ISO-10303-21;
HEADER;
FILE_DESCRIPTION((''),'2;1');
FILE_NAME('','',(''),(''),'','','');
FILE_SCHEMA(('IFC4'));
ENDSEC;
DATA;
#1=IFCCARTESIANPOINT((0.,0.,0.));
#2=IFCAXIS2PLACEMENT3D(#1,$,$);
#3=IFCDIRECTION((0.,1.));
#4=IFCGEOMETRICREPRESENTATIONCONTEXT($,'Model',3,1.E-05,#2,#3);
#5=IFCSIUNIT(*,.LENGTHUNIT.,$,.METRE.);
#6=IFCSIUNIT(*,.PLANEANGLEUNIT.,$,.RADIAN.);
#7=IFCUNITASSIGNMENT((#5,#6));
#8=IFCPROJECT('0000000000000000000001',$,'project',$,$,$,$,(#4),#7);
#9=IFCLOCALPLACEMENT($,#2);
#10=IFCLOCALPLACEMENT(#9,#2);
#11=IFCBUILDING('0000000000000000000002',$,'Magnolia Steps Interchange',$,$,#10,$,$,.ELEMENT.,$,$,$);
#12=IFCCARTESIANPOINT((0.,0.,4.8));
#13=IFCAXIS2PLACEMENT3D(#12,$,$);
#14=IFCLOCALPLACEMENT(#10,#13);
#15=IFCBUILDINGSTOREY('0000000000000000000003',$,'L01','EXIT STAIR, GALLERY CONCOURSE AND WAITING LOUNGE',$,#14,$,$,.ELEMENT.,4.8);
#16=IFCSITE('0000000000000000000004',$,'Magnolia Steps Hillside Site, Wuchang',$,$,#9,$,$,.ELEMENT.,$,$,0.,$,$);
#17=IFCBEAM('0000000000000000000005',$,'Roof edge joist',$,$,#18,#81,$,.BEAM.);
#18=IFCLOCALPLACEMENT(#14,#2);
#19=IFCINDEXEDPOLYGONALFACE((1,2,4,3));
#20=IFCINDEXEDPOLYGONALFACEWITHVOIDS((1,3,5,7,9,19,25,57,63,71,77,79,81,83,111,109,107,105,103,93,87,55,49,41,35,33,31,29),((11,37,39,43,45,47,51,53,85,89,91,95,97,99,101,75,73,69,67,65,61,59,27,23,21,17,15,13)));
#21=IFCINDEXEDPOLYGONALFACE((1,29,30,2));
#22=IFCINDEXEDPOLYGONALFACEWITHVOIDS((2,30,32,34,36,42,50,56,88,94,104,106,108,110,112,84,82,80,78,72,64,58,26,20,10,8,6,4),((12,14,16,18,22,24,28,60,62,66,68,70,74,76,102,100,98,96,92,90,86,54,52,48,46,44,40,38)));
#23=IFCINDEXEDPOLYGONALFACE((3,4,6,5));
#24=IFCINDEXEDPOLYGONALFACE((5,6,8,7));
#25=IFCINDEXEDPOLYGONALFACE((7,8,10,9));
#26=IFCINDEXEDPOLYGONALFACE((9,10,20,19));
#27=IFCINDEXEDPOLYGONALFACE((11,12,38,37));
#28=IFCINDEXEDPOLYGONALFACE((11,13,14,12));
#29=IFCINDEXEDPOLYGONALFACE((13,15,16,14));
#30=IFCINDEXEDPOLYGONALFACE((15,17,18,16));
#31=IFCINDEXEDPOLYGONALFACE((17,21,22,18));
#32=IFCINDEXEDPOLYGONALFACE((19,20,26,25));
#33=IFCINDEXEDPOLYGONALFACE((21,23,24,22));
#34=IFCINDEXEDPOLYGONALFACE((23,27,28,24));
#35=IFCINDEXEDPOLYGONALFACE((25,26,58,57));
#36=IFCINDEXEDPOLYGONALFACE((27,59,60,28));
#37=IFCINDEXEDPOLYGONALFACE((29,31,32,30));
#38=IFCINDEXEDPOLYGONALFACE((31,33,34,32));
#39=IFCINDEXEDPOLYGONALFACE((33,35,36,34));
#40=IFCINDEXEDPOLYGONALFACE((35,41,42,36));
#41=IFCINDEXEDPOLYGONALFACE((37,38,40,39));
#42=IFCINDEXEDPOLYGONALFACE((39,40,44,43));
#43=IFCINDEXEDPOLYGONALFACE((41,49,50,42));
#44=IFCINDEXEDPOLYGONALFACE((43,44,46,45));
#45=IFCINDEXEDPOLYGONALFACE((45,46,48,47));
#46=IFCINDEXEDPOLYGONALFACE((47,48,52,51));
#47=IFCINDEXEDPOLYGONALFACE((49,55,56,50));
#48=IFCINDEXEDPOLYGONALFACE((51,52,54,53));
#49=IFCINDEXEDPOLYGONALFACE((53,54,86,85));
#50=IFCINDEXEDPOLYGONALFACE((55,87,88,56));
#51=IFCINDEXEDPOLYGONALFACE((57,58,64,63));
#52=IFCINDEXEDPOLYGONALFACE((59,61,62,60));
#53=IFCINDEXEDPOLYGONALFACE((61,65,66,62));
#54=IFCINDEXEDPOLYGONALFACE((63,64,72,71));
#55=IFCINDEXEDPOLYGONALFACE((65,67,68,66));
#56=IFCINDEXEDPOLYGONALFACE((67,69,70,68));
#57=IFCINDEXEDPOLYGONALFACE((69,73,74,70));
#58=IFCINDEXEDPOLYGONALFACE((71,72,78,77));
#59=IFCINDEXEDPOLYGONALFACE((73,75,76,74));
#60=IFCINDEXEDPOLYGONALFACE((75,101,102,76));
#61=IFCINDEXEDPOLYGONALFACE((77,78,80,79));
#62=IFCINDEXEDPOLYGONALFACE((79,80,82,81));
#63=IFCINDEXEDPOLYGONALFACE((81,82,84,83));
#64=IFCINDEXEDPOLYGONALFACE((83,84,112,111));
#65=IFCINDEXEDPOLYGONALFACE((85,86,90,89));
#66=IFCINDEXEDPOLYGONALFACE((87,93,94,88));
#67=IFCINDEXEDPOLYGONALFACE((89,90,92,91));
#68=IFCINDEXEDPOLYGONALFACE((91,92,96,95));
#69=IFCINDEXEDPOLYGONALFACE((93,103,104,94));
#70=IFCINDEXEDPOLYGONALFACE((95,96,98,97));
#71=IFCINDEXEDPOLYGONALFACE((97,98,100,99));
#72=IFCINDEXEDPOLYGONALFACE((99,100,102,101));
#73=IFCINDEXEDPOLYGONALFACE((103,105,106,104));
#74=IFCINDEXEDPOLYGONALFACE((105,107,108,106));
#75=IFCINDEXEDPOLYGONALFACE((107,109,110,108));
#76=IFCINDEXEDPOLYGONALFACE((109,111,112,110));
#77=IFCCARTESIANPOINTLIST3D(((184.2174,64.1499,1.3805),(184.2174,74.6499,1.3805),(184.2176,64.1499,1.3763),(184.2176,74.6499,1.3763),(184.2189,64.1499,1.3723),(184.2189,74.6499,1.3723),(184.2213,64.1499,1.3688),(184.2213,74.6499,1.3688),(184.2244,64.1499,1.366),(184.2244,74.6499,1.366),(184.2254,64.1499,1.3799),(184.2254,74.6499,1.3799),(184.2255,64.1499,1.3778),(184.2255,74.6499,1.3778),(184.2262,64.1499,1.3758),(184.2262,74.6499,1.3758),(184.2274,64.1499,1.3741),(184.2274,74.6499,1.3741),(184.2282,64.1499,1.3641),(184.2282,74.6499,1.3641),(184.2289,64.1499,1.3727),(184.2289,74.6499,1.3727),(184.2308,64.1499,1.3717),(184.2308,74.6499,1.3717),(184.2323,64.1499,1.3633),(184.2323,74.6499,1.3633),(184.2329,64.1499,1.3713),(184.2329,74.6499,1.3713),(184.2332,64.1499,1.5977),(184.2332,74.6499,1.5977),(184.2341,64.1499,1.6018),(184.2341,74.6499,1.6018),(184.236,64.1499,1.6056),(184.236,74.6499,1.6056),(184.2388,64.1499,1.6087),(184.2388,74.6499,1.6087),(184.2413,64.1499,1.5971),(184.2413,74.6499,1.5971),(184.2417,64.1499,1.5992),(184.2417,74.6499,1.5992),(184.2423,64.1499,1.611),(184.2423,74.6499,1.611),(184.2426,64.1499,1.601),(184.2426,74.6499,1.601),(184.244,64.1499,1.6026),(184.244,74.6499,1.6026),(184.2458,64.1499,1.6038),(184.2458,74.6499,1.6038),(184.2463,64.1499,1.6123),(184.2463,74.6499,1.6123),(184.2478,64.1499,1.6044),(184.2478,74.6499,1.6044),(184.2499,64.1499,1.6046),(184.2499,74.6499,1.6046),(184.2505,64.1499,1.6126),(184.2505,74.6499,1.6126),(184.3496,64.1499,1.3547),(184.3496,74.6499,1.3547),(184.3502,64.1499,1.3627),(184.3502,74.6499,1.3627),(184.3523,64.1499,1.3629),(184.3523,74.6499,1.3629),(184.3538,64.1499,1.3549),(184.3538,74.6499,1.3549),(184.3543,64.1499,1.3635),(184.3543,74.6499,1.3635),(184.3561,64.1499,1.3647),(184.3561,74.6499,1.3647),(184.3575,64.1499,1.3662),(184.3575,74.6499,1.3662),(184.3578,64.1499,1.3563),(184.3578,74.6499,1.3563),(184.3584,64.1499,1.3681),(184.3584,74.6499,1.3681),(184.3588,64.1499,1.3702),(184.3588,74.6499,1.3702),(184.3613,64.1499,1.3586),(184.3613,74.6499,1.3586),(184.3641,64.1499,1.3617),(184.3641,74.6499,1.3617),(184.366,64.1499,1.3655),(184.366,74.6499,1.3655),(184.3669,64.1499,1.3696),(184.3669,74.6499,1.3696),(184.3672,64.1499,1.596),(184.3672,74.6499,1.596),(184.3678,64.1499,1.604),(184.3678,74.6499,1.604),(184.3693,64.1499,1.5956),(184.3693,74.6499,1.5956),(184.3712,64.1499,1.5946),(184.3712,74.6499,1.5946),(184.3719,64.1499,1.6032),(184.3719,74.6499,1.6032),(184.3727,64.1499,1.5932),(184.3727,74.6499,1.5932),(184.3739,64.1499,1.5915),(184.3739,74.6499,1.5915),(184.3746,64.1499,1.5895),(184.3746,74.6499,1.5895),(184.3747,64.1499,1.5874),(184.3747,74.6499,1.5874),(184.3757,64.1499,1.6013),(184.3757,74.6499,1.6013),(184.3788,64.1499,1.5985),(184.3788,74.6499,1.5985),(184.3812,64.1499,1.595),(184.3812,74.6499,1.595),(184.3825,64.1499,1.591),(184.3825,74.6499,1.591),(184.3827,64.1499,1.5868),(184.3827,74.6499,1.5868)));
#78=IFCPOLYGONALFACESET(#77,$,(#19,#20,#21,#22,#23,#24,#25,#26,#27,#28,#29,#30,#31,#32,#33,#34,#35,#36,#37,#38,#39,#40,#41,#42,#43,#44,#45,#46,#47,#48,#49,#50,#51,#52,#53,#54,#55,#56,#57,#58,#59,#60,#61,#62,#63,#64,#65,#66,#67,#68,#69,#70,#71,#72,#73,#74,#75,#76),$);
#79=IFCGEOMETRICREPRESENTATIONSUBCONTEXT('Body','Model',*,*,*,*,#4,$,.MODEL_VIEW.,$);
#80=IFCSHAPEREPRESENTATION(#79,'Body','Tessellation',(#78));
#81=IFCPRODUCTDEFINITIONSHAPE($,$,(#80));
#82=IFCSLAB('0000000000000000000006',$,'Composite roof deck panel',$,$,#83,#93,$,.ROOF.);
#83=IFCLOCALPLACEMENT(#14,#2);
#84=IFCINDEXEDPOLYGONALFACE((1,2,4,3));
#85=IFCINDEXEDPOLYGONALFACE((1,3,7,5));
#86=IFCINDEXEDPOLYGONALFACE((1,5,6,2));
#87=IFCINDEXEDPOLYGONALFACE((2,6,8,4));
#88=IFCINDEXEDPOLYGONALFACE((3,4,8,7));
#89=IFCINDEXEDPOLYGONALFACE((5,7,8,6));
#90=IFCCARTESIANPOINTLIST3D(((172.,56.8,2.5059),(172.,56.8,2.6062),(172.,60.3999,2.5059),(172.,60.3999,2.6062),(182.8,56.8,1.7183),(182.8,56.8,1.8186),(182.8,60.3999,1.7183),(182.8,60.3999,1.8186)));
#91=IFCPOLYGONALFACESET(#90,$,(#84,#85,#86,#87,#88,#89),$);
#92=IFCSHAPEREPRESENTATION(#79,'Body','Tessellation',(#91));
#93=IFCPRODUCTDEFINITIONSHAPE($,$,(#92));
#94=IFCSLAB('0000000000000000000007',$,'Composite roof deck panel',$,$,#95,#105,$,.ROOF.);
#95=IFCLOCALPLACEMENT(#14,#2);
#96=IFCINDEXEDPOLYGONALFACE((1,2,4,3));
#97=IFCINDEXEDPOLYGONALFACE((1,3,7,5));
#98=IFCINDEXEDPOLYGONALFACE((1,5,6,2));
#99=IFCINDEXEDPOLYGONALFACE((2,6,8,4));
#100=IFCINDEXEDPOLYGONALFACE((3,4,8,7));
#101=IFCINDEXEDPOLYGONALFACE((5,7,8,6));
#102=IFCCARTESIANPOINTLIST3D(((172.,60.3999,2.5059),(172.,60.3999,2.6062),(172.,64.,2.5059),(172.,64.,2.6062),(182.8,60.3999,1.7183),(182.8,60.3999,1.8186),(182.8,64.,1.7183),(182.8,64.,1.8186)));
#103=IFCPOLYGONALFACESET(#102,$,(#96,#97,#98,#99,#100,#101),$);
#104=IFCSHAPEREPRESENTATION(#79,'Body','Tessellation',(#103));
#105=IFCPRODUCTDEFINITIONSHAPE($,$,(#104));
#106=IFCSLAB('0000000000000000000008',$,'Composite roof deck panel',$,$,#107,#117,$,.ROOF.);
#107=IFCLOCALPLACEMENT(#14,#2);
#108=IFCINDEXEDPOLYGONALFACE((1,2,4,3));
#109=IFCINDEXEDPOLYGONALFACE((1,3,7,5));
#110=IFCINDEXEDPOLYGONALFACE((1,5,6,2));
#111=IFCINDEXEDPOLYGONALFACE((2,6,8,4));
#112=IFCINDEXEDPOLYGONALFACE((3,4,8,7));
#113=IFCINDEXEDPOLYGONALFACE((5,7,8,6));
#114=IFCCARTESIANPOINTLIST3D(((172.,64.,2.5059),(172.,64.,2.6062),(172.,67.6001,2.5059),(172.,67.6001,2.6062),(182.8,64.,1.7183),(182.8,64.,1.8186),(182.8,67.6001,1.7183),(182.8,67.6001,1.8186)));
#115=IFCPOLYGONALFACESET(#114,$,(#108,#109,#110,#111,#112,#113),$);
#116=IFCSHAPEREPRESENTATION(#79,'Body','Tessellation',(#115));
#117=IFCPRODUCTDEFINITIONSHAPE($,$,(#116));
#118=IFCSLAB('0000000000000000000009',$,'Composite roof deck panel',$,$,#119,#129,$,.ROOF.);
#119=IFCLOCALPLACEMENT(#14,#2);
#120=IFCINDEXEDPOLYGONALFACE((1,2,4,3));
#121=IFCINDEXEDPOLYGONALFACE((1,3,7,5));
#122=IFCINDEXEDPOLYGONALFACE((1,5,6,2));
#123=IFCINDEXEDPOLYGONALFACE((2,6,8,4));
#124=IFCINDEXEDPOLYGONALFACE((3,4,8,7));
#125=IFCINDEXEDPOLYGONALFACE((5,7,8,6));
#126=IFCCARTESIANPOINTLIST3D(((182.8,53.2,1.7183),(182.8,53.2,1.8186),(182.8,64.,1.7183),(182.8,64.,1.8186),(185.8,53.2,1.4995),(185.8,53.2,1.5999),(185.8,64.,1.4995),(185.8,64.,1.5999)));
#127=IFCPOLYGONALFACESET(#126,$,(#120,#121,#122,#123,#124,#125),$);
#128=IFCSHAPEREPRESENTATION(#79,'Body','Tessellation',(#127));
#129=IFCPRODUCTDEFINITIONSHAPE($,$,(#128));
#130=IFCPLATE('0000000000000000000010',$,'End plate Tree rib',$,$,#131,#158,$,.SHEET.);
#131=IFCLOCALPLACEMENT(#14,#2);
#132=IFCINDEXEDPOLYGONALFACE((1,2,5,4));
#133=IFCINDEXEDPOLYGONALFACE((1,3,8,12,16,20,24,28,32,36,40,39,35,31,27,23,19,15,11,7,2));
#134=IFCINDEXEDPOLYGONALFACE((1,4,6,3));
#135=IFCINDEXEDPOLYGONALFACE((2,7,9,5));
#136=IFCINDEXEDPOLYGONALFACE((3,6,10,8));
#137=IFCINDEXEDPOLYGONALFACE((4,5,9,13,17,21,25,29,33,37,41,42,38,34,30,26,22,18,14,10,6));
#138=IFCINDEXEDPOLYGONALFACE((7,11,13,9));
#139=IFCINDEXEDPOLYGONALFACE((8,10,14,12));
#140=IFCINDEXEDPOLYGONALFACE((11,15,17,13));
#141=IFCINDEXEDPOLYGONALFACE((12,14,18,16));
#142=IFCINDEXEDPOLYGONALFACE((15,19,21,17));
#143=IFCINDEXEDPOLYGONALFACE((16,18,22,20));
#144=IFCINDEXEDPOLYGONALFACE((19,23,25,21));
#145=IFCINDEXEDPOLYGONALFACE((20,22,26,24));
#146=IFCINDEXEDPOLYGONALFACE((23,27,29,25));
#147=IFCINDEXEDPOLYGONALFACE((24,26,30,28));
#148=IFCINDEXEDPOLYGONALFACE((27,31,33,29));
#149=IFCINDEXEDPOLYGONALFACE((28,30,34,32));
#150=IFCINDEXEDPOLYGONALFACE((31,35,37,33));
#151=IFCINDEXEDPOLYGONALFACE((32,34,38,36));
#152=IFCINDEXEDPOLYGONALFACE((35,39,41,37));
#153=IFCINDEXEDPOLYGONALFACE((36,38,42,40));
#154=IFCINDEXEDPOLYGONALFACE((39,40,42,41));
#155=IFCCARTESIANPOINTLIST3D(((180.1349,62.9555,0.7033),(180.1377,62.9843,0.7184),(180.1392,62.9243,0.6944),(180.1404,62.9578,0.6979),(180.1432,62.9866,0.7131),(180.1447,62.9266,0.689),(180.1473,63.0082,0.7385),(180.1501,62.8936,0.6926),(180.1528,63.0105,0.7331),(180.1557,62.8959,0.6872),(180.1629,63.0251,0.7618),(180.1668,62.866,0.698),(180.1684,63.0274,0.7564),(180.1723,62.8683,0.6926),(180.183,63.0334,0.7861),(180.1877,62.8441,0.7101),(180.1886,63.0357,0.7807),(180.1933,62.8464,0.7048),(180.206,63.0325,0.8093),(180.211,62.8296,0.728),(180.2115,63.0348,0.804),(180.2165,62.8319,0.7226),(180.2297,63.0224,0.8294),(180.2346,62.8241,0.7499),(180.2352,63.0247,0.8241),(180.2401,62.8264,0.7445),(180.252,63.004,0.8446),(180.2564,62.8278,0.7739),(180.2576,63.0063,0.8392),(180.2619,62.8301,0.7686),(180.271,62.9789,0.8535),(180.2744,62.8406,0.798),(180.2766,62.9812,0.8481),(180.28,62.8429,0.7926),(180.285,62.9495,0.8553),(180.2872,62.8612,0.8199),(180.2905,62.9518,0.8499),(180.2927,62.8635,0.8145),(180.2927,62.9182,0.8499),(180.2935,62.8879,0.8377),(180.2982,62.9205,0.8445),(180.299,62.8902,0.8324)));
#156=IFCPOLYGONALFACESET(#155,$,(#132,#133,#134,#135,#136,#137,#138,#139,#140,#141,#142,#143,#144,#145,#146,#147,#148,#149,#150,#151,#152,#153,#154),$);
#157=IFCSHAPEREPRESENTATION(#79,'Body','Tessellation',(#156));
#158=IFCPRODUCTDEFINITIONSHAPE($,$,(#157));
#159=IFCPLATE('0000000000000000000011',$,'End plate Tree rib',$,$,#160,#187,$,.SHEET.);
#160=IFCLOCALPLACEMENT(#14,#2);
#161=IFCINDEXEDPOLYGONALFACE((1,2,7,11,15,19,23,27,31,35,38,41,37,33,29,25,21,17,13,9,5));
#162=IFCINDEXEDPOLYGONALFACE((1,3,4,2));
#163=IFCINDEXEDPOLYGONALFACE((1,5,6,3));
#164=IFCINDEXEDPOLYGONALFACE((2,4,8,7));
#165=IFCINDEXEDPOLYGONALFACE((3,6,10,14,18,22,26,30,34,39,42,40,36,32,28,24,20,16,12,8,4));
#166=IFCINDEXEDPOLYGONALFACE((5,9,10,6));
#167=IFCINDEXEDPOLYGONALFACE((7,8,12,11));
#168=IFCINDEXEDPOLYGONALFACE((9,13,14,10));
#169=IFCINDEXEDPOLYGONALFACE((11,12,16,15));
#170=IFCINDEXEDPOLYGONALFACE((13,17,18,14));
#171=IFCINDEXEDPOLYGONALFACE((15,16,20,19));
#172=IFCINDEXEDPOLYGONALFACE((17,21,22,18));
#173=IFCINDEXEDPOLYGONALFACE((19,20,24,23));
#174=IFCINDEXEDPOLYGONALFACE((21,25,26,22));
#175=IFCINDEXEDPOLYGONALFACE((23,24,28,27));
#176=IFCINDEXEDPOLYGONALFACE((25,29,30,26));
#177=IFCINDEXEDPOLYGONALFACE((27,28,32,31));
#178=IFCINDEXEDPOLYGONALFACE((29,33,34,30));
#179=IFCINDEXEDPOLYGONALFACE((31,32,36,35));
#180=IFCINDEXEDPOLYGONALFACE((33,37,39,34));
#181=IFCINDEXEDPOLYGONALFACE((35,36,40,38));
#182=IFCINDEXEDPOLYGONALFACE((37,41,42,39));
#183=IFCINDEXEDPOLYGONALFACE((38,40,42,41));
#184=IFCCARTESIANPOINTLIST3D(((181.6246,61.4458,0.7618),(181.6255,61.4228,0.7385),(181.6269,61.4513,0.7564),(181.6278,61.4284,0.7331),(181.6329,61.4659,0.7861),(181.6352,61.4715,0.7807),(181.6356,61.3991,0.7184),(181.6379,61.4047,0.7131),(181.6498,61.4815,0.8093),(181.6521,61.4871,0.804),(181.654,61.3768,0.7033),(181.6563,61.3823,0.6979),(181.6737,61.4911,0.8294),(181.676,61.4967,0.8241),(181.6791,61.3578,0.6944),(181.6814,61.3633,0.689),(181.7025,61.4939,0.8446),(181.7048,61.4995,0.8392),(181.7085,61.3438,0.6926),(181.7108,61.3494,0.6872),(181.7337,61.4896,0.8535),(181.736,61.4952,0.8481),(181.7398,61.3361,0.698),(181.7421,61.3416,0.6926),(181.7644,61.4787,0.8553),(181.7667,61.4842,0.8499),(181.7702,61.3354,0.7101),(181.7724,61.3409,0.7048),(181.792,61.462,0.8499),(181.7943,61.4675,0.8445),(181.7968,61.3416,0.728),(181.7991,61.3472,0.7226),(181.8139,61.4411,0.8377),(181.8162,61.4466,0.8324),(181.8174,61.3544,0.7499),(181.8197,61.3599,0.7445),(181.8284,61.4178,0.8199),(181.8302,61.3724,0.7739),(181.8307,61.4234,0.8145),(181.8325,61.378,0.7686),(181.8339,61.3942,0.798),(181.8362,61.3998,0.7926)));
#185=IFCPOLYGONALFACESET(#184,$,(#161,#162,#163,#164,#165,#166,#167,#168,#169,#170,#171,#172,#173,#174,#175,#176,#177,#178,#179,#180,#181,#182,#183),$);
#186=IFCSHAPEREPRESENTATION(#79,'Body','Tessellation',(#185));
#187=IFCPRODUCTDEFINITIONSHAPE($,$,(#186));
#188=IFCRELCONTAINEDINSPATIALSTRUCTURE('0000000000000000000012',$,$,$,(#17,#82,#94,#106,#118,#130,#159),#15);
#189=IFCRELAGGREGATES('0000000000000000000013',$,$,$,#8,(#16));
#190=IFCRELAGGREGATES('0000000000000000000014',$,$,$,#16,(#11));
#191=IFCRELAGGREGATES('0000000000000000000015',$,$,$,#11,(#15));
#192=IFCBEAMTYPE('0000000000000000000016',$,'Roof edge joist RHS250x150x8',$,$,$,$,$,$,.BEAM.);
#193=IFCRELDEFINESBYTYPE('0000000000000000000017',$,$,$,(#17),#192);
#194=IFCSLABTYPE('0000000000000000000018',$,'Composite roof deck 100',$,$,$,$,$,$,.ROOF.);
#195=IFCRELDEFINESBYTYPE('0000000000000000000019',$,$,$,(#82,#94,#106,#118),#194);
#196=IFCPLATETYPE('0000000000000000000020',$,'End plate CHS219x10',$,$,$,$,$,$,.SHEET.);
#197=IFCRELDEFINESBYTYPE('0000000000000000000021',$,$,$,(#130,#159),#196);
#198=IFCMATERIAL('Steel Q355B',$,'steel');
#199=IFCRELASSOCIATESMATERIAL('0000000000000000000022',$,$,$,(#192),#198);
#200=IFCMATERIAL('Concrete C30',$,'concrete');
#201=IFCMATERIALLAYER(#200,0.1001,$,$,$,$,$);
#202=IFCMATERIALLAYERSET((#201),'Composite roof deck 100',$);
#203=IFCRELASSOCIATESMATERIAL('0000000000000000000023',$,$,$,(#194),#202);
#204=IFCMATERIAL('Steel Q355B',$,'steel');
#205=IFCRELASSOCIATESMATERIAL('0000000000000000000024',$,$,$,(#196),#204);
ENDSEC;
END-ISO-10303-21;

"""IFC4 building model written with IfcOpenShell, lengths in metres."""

from ifc_helpers import new_model, si_unit, direction, frame, origin, origin_2d, place, context, subcontext, project, spatial, polyline, hollow_rectangle, circle, outline, extrude, material, layer, layer_set, material_profile, profile_set, type_object, element, save


model = new_model("IFC4")

# Units and contexts
model_context = context("Model", 3, precision=1e-05, world=origin(), true_north=direction((0.0, 1.0)))
body_context = subcontext(model_context, "Body", "Model", "MODEL_VIEW")
ifc_project = project(units=[si_unit("LENGTHUNIT", "METRE"), si_unit("PLANEANGLEUNIT", "RADIAN")], contexts=[model_context])

# Site, building, storey
site_placement = place(None, origin())
site = spatial("IfcSite", under=ifc_project, at=site_placement, Name="Magnolia Steps Hillside Site, Wuchang", CompositionType="ELEMENT", RefElevation=0.0)
building_placement = place(site_placement, origin())
building = spatial("IfcBuilding", under=site, at=building_placement, Name="Magnolia Steps Interchange", CompositionType="ELEMENT")
storey_placement = place(building_placement, frame((0.0, 0.0, 4.8)))
storey = spatial("IfcBuildingStorey", under=building, at=storey_placement, Name="L01", Description="EXIT STAIR, GALLERY CONCOURSE AND WAITING LOUNGE", CompositionType="ELEMENT", Elevation=4.8)

# Beam
ifc_material_1 = material(Name="Steel Q355B", Category="steel")
ifc_material_profile_1 = material_profile(ifc_material_1, hollow_rectangle(XDim=0.1499, YDim=0.25, WallThickness=0.0081, InnerFilletRadius=0.0081, OuterFilletRadius=0.0161, at=origin_2d()), Name="RHS250x150x8")
ifc_profile_set_1 = profile_set([ifc_material_profile_1], Name="Steel Q355B")
beam_type_1 = type_object("IfcBeamType", Name="Roof edge joist RHS250x150x8", PredefinedType="BEAM", material=ifc_profile_set_1)
beam_1_placement = place(storey_placement, frame((184.3, 64.1499, 1.4836), z_axis=(0.0, 1.0, 0.0), x_axis=(-0.997352, 0.0, 0.072724)))
element("IfcBeam", 1, at=beam_1_placement, inside=storey, type_object=beam_type_1, Name="Roof edge joist", PredefinedType="BEAM", context=body_context, shape_type="SweptSolid", body=[
    extrude(hollow_rectangle(XDim=0.1499, YDim=0.25, WallThickness=0.0081, InnerFilletRadius=0.0081, OuterFilletRadius=0.0161, at=origin_2d()), origin(), (0.0, 0.0, 1.0), 10.5),
])

# Slabs
ifc_material_2 = material(Name="Concrete C30", Category="concrete")
ifc_layer_1 = layer(ifc_material_2, 0.1001)
ifc_layer_set_1 = layer_set([ifc_layer_1], Name="Composite roof deck 100")
slab_type_1 = type_object("IfcSlabType", Name="Composite roof deck 100", PredefinedType="ROOF", material=ifc_layer_set_1)
slab_1_placement = place(storey_placement, frame((182.8, 56.8, 1.8186), z_axis=(0.072732, 0.0, 0.997352), x_axis=(0.0, 1.0, 0.0)))
element("IfcSlab", 2, at=slab_1_placement, inside=storey, type_object=slab_type_1, Name="Composite roof deck panel", PredefinedType="ROOF", context=body_context, shape_type="SweptSolid", body=[
    extrude(outline(polyline([(0.0, 0.0), (3.5999, 0.0), (3.5999, 10.8287), (0.0, 10.8287), (0.0, 0.0)])), origin(), (0.0, -0.072732, -0.997352), 0.1003),
])
for number, where, z_axis, x_axis, name in (
    (3, (182.8, 60.3999, 1.8186), (0.072732, 0.0, 0.997352), (0.0, 1.0, 0.0), "Composite roof deck panel"),
    (4, (182.8, 64.0, 1.8186), (0.072732, 0.0, 0.997352), (0.0, 1.0, 0.0), "Composite roof deck panel"),
):
    element("IfcSlab", number, at=place(storey_placement, frame(where, z_axis=z_axis, x_axis=x_axis)), inside=storey, type_object=slab_type_1, Name=name, PredefinedType="ROOF", context=body_context, shape_type="SweptSolid", body=[
        extrude(outline(polyline([(0.0, 0.0), (3.6001, 0.0), (3.6001, 10.8287), (0.0, 10.8287), (0.0, 0.0)])), origin(), (0.0, -0.072732, -0.997352), 0.1003),
    ])
slab_2_placement = place(storey_placement, frame((185.8, 64.0, 1.5999), z_axis=(0.072724, 0.0, 0.997352), x_axis=(-0.997352, 0.0, 0.072724)))
element("IfcSlab", 5, at=slab_2_placement, inside=storey, type_object=slab_type_1, Name="Composite roof deck panel", PredefinedType="ROOF", context=body_context, shape_type="SweptSolid", body=[
    extrude(outline(polyline([(0.0, 0.0), (3.008, 0.0), (3.008, 10.8), (0.0, 10.8), (0.0, 0.0)])), origin(), (-0.072724, 0.0, -0.997352), 0.1003),
])

# Plates
ifc_material_3 = material(Name="Steel Q355B", Category="steel")
ifc_material_profile_2 = material_profile(ifc_material_3, circle(Radius=0.1096, at=origin_2d()), Name="End plate CHS219x10")
ifc_profile_set_2 = profile_set([ifc_material_profile_2], Name="Steel Q355B")
plate_type_1 = type_object("IfcPlateType", Name="End plate CHS219x10", PredefinedType="SHEET", material=ifc_profile_set_2)
for number, where, z_axis, x_axis, name in (
    (6, (180.22, 62.9314, 0.7686), (-0.687748, -0.284874, 0.66772), (0.382683, -0.92388, 0.0), "End plate Tree rib"),
    (7, (181.7312, 61.4199, 0.7686), (-0.284874, -0.687748, 0.66772), (0.92388, -0.382683, 0.0), "End plate Tree rib"),
):
    element("IfcPlate", number, at=place(storey_placement, frame(where, z_axis=z_axis, x_axis=x_axis)), inside=storey, type_object=plate_type_1, Name=name, PredefinedType="SHEET", context=body_context, shape_type="SweptSolid", body=[
        extrude(circle(Radius=0.1096, at=origin_2d()), origin(), (0.0, 0.0, 1.0), 0.0081),
    ])

save(model, "model.ifc")
